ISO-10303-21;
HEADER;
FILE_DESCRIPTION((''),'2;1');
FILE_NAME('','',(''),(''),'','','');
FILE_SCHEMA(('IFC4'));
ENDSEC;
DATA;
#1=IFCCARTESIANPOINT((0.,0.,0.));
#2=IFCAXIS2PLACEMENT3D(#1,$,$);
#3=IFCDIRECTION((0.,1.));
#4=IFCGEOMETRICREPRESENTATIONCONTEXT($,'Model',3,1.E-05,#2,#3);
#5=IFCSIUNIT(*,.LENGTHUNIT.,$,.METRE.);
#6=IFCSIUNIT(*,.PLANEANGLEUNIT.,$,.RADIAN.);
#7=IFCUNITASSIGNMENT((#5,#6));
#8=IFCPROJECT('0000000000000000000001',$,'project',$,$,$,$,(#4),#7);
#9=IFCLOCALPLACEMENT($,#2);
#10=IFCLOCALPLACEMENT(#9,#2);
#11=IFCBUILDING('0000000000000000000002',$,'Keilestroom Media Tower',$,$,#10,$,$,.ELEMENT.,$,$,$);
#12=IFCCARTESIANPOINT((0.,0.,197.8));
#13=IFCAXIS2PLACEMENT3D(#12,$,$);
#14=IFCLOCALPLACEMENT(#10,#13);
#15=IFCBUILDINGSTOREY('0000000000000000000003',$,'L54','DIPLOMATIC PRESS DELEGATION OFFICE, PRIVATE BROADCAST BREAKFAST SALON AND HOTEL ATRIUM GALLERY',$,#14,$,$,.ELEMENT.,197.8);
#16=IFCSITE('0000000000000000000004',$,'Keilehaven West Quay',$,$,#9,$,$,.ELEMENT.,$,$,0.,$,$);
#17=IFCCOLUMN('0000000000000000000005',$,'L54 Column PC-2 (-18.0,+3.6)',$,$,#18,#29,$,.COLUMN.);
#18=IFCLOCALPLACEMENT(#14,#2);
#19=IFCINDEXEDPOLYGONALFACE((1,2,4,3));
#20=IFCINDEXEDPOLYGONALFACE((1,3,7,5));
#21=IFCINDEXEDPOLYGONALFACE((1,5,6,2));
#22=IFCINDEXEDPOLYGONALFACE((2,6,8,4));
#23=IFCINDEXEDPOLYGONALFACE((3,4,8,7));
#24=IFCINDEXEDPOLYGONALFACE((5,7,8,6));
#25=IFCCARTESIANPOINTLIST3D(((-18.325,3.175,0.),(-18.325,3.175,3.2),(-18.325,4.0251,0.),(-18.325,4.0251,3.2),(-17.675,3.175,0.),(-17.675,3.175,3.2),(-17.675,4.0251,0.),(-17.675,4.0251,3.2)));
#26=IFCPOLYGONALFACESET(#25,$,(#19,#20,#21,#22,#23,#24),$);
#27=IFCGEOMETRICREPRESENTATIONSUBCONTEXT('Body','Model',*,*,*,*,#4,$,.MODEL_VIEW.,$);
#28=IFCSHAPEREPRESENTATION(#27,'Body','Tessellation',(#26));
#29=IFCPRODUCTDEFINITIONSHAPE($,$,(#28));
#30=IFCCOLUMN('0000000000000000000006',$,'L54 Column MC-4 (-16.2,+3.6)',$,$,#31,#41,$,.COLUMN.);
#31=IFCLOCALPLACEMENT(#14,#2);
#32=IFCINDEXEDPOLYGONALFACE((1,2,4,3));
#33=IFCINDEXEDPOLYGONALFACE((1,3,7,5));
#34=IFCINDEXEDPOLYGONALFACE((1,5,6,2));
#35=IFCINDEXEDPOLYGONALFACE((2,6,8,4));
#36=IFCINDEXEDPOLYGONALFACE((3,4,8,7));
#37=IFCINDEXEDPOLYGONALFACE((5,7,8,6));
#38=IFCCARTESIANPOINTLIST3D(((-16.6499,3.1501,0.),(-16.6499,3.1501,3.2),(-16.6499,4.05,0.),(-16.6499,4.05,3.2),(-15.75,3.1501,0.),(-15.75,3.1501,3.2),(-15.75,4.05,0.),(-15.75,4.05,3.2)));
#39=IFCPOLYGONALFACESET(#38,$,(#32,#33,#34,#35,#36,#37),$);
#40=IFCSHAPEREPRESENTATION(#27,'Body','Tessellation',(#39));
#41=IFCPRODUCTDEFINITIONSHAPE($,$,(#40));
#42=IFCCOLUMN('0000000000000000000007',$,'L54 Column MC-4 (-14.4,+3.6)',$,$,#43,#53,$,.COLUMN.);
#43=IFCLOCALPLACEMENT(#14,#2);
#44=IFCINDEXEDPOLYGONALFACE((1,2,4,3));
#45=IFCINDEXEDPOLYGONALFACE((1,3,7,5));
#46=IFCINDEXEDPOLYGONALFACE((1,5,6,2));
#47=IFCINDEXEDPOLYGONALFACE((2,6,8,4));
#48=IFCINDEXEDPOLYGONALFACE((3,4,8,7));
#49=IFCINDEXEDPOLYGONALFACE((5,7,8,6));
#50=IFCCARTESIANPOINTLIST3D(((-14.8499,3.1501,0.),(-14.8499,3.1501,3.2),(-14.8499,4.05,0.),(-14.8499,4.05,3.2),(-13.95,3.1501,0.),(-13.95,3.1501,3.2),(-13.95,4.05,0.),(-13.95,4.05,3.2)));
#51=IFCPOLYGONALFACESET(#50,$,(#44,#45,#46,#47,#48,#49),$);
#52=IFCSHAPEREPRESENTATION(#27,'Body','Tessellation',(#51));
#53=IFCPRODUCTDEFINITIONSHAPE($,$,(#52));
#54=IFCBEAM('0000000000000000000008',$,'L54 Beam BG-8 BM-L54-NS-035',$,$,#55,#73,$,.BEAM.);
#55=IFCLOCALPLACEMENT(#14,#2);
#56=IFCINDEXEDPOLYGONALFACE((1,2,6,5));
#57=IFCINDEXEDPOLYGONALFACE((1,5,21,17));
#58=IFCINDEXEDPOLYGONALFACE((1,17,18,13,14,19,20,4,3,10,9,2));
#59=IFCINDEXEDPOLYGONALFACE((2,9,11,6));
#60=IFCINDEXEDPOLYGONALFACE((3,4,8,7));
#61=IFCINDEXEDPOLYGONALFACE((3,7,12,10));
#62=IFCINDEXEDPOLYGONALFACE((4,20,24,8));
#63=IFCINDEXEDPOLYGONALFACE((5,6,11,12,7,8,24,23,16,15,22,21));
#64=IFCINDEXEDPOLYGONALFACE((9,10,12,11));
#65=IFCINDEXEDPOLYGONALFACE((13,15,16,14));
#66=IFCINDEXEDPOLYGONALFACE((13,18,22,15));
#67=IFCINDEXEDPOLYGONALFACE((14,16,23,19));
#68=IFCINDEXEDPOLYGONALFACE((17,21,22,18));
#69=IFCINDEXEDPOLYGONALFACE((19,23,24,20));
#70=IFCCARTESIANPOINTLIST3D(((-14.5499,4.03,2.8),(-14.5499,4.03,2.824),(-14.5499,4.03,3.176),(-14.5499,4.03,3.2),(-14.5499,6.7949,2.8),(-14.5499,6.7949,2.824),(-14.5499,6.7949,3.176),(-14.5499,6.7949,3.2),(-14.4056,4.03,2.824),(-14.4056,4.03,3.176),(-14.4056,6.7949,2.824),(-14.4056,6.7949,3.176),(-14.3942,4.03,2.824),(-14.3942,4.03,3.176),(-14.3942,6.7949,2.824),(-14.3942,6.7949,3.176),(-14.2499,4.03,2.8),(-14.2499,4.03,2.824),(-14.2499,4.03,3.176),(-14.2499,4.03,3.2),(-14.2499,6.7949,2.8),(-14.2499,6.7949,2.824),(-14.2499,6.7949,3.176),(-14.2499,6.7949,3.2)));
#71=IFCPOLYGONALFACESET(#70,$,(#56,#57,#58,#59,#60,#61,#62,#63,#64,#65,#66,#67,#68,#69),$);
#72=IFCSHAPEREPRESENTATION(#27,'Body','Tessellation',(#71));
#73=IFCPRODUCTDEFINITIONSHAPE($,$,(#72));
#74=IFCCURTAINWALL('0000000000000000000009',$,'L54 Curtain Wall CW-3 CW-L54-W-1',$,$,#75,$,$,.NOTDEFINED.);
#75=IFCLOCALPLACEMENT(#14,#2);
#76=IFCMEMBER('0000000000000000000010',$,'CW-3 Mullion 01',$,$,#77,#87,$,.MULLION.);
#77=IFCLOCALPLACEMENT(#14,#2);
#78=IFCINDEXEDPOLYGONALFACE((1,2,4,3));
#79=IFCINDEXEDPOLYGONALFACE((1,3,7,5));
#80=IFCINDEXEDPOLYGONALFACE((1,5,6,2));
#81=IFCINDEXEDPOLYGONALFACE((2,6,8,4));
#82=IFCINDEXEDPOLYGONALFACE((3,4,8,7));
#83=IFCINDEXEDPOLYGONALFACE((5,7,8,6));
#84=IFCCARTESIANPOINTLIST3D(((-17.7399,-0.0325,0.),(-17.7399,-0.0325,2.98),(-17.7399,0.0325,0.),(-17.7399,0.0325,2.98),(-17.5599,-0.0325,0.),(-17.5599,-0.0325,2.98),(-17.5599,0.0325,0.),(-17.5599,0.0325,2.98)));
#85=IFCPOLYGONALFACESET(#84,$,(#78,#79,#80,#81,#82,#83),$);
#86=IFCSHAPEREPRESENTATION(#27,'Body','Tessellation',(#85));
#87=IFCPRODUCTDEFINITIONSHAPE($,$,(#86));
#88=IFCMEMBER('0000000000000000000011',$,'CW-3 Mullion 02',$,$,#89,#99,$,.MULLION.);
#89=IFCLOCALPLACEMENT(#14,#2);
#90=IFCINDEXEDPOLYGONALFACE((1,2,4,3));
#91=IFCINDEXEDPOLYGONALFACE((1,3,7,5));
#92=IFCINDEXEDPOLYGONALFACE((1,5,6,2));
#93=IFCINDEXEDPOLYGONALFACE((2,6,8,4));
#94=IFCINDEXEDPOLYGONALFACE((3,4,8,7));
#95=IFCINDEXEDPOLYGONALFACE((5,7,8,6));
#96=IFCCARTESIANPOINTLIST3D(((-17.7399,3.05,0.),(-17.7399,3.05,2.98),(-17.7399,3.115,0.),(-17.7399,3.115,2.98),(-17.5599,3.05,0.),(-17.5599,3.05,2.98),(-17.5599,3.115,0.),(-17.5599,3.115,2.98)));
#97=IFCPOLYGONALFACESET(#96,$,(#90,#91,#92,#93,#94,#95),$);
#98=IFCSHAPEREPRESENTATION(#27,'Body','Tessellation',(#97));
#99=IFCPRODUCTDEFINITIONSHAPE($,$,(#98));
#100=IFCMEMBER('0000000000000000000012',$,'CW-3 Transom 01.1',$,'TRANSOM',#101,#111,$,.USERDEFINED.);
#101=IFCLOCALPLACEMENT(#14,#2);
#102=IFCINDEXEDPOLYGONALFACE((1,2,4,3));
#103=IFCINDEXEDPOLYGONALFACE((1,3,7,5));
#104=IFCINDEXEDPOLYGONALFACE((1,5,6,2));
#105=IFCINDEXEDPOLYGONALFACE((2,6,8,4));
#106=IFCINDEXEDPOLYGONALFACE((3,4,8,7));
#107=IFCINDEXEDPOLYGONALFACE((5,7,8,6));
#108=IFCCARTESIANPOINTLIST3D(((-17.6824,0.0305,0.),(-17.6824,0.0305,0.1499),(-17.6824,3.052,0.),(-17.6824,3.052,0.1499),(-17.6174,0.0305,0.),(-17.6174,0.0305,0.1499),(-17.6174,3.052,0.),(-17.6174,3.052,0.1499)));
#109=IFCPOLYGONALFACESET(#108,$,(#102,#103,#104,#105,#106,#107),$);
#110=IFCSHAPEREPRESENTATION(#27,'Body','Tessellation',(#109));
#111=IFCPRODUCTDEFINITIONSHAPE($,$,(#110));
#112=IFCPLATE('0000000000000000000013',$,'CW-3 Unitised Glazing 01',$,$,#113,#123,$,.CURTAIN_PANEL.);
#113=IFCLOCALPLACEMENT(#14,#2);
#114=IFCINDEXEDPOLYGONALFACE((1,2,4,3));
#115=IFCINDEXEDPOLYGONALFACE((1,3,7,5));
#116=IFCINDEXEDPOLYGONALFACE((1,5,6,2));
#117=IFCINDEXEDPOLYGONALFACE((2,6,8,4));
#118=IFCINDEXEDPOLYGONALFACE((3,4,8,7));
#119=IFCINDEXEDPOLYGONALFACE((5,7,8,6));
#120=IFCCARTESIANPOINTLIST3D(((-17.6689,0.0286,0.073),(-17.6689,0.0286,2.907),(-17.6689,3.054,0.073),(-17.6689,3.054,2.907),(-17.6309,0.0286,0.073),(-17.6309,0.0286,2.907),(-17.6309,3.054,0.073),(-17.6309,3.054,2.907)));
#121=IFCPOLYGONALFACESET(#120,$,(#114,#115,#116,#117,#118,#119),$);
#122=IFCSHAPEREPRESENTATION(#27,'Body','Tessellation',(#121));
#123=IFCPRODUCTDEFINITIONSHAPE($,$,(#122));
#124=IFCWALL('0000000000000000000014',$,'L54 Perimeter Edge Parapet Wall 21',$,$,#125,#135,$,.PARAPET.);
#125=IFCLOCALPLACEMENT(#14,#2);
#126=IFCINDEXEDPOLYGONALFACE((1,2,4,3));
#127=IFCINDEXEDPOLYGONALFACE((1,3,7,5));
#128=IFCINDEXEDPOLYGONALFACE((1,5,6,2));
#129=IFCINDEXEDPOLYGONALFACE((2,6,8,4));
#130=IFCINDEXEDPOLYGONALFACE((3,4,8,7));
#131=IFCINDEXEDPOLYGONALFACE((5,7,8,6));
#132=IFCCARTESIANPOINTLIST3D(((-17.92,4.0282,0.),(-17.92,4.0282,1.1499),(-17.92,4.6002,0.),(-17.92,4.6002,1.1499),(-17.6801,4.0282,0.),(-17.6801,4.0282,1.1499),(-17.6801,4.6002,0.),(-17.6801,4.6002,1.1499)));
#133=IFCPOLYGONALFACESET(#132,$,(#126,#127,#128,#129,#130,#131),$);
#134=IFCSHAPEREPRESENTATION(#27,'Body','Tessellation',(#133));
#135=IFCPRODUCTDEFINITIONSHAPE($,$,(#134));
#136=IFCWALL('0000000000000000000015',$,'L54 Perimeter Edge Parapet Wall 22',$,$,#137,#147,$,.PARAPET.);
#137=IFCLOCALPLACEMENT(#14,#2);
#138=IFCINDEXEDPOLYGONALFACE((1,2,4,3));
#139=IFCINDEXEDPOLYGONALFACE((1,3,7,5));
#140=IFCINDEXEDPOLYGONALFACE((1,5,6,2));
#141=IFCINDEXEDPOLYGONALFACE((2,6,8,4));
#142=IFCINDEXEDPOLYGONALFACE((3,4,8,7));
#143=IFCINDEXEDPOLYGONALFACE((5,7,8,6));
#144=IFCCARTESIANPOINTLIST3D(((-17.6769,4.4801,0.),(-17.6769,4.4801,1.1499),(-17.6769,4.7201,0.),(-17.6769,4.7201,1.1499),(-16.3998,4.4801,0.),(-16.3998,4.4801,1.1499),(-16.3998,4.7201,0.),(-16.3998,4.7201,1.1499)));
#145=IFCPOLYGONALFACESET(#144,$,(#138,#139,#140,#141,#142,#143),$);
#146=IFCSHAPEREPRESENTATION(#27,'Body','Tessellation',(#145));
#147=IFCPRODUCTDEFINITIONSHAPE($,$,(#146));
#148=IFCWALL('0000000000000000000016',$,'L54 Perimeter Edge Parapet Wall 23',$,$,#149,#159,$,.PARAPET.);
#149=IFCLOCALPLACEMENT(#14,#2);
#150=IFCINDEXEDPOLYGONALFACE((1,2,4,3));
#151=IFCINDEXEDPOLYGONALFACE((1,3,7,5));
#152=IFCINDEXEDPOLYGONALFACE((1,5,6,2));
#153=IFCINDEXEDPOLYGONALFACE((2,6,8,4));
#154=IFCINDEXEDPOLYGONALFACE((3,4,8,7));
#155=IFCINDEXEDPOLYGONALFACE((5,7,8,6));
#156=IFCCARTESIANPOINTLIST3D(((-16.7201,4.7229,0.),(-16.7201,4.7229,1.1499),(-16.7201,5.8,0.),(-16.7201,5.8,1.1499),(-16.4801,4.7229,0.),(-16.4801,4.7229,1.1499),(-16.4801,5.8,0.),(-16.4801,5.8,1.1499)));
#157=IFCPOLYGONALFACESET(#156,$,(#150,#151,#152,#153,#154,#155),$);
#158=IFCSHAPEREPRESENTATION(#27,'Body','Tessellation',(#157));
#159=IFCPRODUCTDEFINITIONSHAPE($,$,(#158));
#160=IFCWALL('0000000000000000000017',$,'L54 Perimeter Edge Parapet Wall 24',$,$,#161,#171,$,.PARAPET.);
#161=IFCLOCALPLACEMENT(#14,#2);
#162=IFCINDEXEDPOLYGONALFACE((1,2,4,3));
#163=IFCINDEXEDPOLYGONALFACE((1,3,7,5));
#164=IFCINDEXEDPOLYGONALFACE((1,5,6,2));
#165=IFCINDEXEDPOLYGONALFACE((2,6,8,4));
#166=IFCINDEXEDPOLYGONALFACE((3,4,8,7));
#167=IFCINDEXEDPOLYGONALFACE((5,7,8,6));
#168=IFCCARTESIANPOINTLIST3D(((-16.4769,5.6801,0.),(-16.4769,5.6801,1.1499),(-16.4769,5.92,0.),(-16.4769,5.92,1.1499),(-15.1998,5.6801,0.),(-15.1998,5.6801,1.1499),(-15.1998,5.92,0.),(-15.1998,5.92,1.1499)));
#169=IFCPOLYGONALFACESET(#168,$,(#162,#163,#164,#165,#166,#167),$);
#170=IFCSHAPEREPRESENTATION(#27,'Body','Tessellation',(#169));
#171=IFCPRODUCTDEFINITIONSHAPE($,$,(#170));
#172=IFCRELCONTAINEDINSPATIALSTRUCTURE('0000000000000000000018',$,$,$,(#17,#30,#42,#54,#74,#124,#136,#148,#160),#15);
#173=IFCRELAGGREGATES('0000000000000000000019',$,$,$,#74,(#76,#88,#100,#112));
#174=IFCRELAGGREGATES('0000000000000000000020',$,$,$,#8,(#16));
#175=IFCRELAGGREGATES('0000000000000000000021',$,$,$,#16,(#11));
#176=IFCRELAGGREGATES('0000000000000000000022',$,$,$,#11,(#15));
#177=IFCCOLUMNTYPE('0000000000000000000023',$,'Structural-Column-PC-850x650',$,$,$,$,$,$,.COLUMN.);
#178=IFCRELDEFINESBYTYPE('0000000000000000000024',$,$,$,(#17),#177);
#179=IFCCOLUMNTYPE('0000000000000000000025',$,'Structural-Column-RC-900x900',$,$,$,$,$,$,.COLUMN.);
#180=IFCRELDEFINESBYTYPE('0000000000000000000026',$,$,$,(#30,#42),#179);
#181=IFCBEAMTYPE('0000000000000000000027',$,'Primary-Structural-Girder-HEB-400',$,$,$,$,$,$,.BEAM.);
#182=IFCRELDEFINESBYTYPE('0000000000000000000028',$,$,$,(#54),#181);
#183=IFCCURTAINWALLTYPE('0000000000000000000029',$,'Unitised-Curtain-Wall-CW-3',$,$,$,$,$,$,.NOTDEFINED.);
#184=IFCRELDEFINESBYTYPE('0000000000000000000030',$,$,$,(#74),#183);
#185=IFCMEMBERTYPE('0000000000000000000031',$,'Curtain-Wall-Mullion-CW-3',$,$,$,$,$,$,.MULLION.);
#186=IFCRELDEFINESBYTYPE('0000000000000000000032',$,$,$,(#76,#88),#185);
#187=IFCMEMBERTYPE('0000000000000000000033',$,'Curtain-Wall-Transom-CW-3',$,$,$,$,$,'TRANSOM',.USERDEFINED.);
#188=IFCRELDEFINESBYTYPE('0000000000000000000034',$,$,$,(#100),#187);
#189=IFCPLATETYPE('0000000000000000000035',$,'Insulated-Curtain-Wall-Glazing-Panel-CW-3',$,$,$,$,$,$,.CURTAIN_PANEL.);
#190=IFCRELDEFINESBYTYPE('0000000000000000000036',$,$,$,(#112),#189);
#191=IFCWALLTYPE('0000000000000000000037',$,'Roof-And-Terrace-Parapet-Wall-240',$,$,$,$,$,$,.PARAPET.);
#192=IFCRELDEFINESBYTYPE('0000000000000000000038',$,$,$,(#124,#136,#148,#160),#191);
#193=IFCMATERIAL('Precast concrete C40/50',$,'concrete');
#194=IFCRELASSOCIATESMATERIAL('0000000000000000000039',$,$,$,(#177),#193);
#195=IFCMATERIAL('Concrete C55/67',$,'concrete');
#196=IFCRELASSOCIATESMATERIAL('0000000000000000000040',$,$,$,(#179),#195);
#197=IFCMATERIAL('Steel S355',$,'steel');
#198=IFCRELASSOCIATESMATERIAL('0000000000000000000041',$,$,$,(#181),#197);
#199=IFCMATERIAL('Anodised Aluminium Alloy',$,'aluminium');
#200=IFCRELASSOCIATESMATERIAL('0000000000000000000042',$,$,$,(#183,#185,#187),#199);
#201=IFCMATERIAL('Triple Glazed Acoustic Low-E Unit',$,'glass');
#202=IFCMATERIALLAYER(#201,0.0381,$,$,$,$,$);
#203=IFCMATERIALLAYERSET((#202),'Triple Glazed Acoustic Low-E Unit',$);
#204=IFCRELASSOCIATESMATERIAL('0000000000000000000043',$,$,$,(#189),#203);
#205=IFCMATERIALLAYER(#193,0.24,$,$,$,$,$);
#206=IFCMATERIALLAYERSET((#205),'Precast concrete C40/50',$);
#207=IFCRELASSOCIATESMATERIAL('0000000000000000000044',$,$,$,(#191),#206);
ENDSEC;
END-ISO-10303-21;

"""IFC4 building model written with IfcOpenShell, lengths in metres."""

from ifc_helpers import new_model, si_unit, direction, frame, frame_2d, origin, origin_2d, place, context, subcontext, project, spatial, rectangle, i_section, extrude, source, transform, mapped, material, layer, layer_set, material_profile, profile_set, type_object, element, aggregate, save


model = new_model("IFC4")

# Units and contexts
model_context = context("Model", 3, precision=1e-05, world=origin(), true_north=direction((0.0, 1.0)))
body_context = subcontext(model_context, "Body", "Model", "MODEL_VIEW")
ifc_project = project(units=[si_unit("LENGTHUNIT", "METRE"), si_unit("PLANEANGLEUNIT", "RADIAN")], contexts=[model_context])

# Site, building, storey
site_placement = place(None, origin())
site = spatial("IfcSite", under=ifc_project, at=site_placement, Name="Keilehaven West Quay", CompositionType="ELEMENT", RefElevation=0.0)
building_placement = place(site_placement, origin())
building = spatial("IfcBuilding", under=site, at=building_placement, Name="Keilestroom Media Tower", CompositionType="ELEMENT")
storey_placement = place(building_placement, frame((0.0, 0.0, 197.8)))
storey = spatial("IfcBuildingStorey", under=building, at=storey_placement, Name="L54", Description="DIPLOMATIC PRESS DELEGATION OFFICE, PRIVATE BROADCAST BREAKFAST SALON AND HOTEL ATRIUM GALLERY", CompositionType="ELEMENT", Elevation=197.8)

# Columns
ifc_material_1 = material(Name="Precast concrete C40/50", Category="concrete")
ifc_material_profile_1 = material_profile(ifc_material_1, rectangle(XDim=0.6499, YDim=0.8501, at=origin_2d()), Name="PC 850x650")
ifc_profile_set_1 = profile_set([ifc_material_profile_1], Name="Precast concrete C40/50")
column_type_1 = type_object("IfcColumnType", Name="Structural-Column-PC-850x650", PredefinedType="COLUMN", material=ifc_profile_set_1)
shared_shape_1 = source(origin(), body_context, "Body", "SweptSolid", [
    extrude(rectangle(XDim=0.6499, YDim=0.8501, at=origin_2d()), origin(), (0.0, 0.0, 1.0), 3.2),
])
column_placement = place(storey_placement, frame((-18.0, 3.6001, 0.0), z_axis=(0.0, 0.0, 1.0), x_axis=(1.0, 0.0, 0.0)))
element("IfcColumn", 1, at=column_placement, inside=storey, type_object=column_type_1, Name="L54 Column PC-2 (-18.0,+3.6)", PredefinedType="COLUMN", context=body_context, shape_type="MappedRepresentation", body=[
    mapped(shared_shape_1, transform((0.0, 0.0, 0.0), x_axis=(1.0, 0.0, 0.0), y_axis=(0.0, 1.0, 0.0), z_axis=(0.0, 0.0, 1.0), scale=1.0)),
])
ifc_material_2 = material(Name="Concrete C55/67", Category="concrete")
ifc_material_profile_2 = material_profile(ifc_material_2, rectangle(XDim=0.8999, YDim=0.8999, at=origin_2d()), Name="RC 900x900")
ifc_profile_set_2 = profile_set([ifc_material_profile_2], Name="Concrete C55/67")
column_type_2 = type_object("IfcColumnType", Name="Structural-Column-RC-900x900", PredefinedType="COLUMN", material=ifc_profile_set_2)
shared_shape_2 = source(origin(), body_context, "Body", "SweptSolid", [
    extrude(rectangle(XDim=0.8999, YDim=0.8999, at=origin_2d()), origin(), (0.0, 0.0, 1.0), 3.2),
])
for number, where, z_axis, x_axis, name in (
    (2, (-16.2, 3.6001, 0.0), (0.0, 0.0, 1.0), (1.0, 0.0, 0.0), "L54 Column MC-4 (-16.2,+3.6)"),
    (3, (-14.3999, 3.6001, 0.0), (0.0, 0.0, 1.0), (1.0, 0.0, 0.0), "L54 Column MC-4 (-14.4,+3.6)"),
):
    element("IfcColumn", number, at=place(storey_placement, frame(where, z_axis=z_axis, x_axis=x_axis)), inside=storey, type_object=column_type_2, Name=name, PredefinedType="COLUMN", context=body_context, shape_type="MappedRepresentation", body=[
        mapped(shared_shape_2, transform((0.0, 0.0, 0.0), x_axis=(1.0, 0.0, 0.0), y_axis=(0.0, 1.0, 0.0), z_axis=(0.0, 0.0, 1.0), scale=1.0)),
    ])

# Beam
ifc_material_3 = material(Name="Steel S355", Category="steel")
ifc_material_profile_3 = material_profile(ifc_material_3, i_section(OverallWidth=0.3, OverallDepth=0.3999, WebThickness=0.0115, FlangeThickness=0.0239, at=origin_2d()), Name="HEB 400")
ifc_profile_set_3 = profile_set([ifc_material_profile_3], Name="Steel S355")
beam_type = type_object("IfcBeamType", Name="Primary-Structural-Girder-HEB-400", PredefinedType="BEAM", material=ifc_profile_set_3)
shared_shape_3 = source(origin(), body_context, "Body", "SweptSolid", [
    extrude(i_section(OverallWidth=0.3, OverallDepth=0.3999, WebThickness=0.0115, FlangeThickness=0.0239, at=origin_2d()), origin(), (0.0, 0.0, 1.0), 2.7649),
])
beam_placement = place(storey_placement, frame((-14.3999, 4.03, 3.0), z_axis=(0.0, 1.0, 0.0), x_axis=(-1.0, 0.0, 0.0)))
element("IfcBeam", 4, at=beam_placement, inside=storey, type_object=beam_type, Name="L54 Beam BG-8 BM-L54-NS-035", PredefinedType="BEAM", context=body_context, shape_type="MappedRepresentation", body=[
    mapped(shared_shape_3, transform((0.0, 0.0, 0.0), x_axis=(1.0, 0.0, 0.0), y_axis=(0.0, 1.0, 0.0), z_axis=(0.0, 0.0, 1.0), scale=1.0)),
])

# Curtain wall, members, plate
ifc_material_4 = material(Name="Anodised Aluminium Alloy", Category="aluminium")
curtain_wall_type = type_object("IfcCurtainWallType", Name="Unitised-Curtain-Wall-CW-3", PredefinedType="NOTDEFINED", material=ifc_material_4)
curtain_wall_placement = place(storey_placement, origin())
curtain_wall = element("IfcCurtainWall", 5, at=curtain_wall_placement, inside=storey, type_object=curtain_wall_type, Name="L54 Curtain Wall CW-3 CW-L54-W-1", PredefinedType="NOTDEFINED")
ifc_material_profile_4 = material_profile(ifc_material_4, rectangle(XDim=0.0649, YDim=0.1799, at=origin_2d()), Name="ALU MULLION 65x180")
ifc_profile_set_4 = profile_set([ifc_material_profile_4], Name="Anodised Aluminium Alloy")
member_type_1 = type_object("IfcMemberType", Name="Curtain-Wall-Mullion-CW-3", PredefinedType="MULLION", material=ifc_profile_set_4)
shared_shape_4 = source(origin(), body_context, "Body", "SweptSolid", [
    extrude(rectangle(XDim=0.0649, YDim=0.1799, at=origin_2d()), origin(), (0.0, 0.0, 1.0), 2.98),
])
member_1_placement = place(storey_placement, frame((-17.6499, 0.0, 0.0), z_axis=(0.0, 0.0, 1.0), x_axis=(0.0, 1.0, 0.0)))
member_1 = element("IfcMember", 6, at=member_1_placement, type_object=member_type_1, Name="CW-3 Mullion 01", PredefinedType="MULLION", context=body_context, shape_type="MappedRepresentation", body=[
    mapped(shared_shape_4, transform((0.0, 0.0, 0.0), x_axis=(1.0, 0.0, 0.0), y_axis=(0.0, 1.0, 0.0), z_axis=(0.0, 0.0, 1.0), scale=1.0)),
])
member_2_placement = place(storey_placement, frame((-17.6499, 3.0825, 0.0), z_axis=(0.0, 0.0, 1.0), x_axis=(0.0, 1.0, 0.0)))
member_2 = element("IfcMember", 7, at=member_2_placement, type_object=member_type_1, Name="CW-3 Mullion 02", PredefinedType="MULLION", context=body_context, shape_type="MappedRepresentation", body=[
    mapped(shared_shape_4, transform((0.0, 0.0, 0.0), x_axis=(1.0, 0.0, 0.0), y_axis=(0.0, 1.0, 0.0), z_axis=(0.0, 0.0, 1.0), scale=1.0)),
])
ifc_material_profile_5 = material_profile(ifc_material_4, rectangle(XDim=0.0649, YDim=0.1499, at=origin_2d()), Name="ALU TRANSOM 65x150")
ifc_profile_set_5 = profile_set([ifc_material_profile_5], Name="Anodised Aluminium Alloy")
member_type_2 = type_object("IfcMemberType", Name="Curtain-Wall-Transom-CW-3", ElementType="TRANSOM", PredefinedType="USERDEFINED", material=ifc_profile_set_5)
shared_shape_5 = source(origin(), body_context, "Body", "SweptSolid", [
    extrude(rectangle(XDim=0.0649, YDim=0.1499, at=origin_2d()), origin(), (0.0, 0.0, 1.0), 3.0215),
])
member_3_placement = place(storey_placement, frame((-17.6499, 0.0305, 0.075), z_axis=(0.0, 1.0, 0.0), x_axis=(-1.0, 0.0, 0.0)))
member_3 = element("IfcMember", 8, at=member_3_placement, type_object=member_type_2, Name="CW-3 Transom 01.1", ObjectType="TRANSOM", PredefinedType="USERDEFINED", context=body_context, shape_type="MappedRepresentation", body=[
    mapped(shared_shape_5, transform((0.0, 0.0, 0.0), x_axis=(1.0, 0.0, 0.0), y_axis=(0.0, 1.0, 0.0), z_axis=(0.0, 0.0, 1.0), scale=1.0)),
])
ifc_material_5 = material(Name="Triple Glazed Acoustic Low-E Unit", Category="glass")
ifc_layer_1 = layer(ifc_material_5, 0.0381)
ifc_layer_set_1 = layer_set([ifc_layer_1], Name="Triple Glazed Acoustic Low-E Unit")
plate_type = type_object("IfcPlateType", Name="Insulated-Curtain-Wall-Glazing-Panel-CW-3", PredefinedType="CURTAIN_PANEL", material=ifc_layer_set_1)
shared_shape_6 = source(origin(), body_context, "Body", "SweptSolid", [
    extrude(rectangle(XDim=3.0254, YDim=0.0381, at=origin_2d()), origin(), (0.0, 0.0, 1.0), 2.834),
])
plate_placement = place(storey_placement, frame((-17.6499, 1.5413, 0.073), z_axis=(0.0, 0.0, 1.0), x_axis=(0.0, 1.0, 0.0)))
plate = element("IfcPlate", 9, at=plate_placement, type_object=plate_type, Name="CW-3 Unitised Glazing 01", PredefinedType="CURTAIN_PANEL", context=body_context, shape_type="MappedRepresentation", body=[
    mapped(shared_shape_6, transform((0.0, 0.0, 0.0), x_axis=(1.0, 0.0, 0.0), y_axis=(0.0, 1.0, 0.0), z_axis=(0.0, 0.0, 1.0), scale=1.0)),
])
aggregate(curtain_wall, [member_1, member_2, member_3, plate])

# Walls
ifc_layer_2 = layer(ifc_material_1, 0.24)
ifc_layer_set_2 = layer_set([ifc_layer_2], Name="Precast concrete C40/50")
wall_type = type_object("IfcWallType", Name="Roof-And-Terrace-Parapet-Wall-240", PredefinedType="PARAPET", material=ifc_layer_set_2)
wall_1_placement = place(storey_placement, frame((-17.8, 4.0281, 0.0), z_axis=(0.0, 0.0, 1.0), x_axis=(0.0, 1.0, 0.0)))
element("IfcWall", 10, at=wall_1_placement, inside=storey, type_object=wall_type, Name="L54 Perimeter Edge Parapet Wall 21", PredefinedType="PARAPET", context=body_context, shape_type="SweptSolid", body=[
    extrude(rectangle(XDim=0.572, YDim=0.24, at=frame_2d((0.2861, 0.0))), origin(), (0.0, 0.0, 1.0), 1.1499),
])
wall_2_placement = place(storey_placement, frame((-17.677, 4.6001, 0.0), z_axis=(0.0, 0.0, 1.0), x_axis=(1.0, 0.0, 0.0)))
element("IfcWall", 11, at=wall_2_placement, inside=storey, type_object=wall_type, Name="L54 Perimeter Edge Parapet Wall 22", PredefinedType="PARAPET", context=body_context, shape_type="SweptSolid", body=[
    extrude(rectangle(XDim=1.2771, YDim=0.24, at=frame_2d((0.6387, 0.0))), origin(), (0.0, 0.0, 1.0), 1.1499),
])
wall_3_placement = place(storey_placement, frame((-16.6001, 4.7229, 0.0), z_axis=(0.0, 0.0, 1.0), x_axis=(0.0, 1.0, 0.0)))
element("IfcWall", 12, at=wall_3_placement, inside=storey, type_object=wall_type, Name="L54 Perimeter Edge Parapet Wall 23", PredefinedType="PARAPET", context=body_context, shape_type="SweptSolid", body=[
    extrude(rectangle(XDim=1.0771, YDim=0.24, at=frame_2d((0.5386, 0.0))), origin(), (0.0, 0.0, 1.0), 1.1499),
])
wall_4_placement = place(storey_placement, frame((-16.4771, 5.8, 0.0), z_axis=(0.0, 0.0, 1.0), x_axis=(1.0, 0.0, 0.0)))
element("IfcWall", 13, at=wall_4_placement, inside=storey, type_object=wall_type, Name="L54 Perimeter Edge Parapet Wall 24", PredefinedType="PARAPET", context=body_context, shape_type="SweptSolid", body=[
    extrude(rectangle(XDim=1.2771, YDim=0.24, at=frame_2d((0.6387, 0.0))), origin(), (0.0, 0.0, 1.0), 1.1499),
])

save(model, "model.ifc")
